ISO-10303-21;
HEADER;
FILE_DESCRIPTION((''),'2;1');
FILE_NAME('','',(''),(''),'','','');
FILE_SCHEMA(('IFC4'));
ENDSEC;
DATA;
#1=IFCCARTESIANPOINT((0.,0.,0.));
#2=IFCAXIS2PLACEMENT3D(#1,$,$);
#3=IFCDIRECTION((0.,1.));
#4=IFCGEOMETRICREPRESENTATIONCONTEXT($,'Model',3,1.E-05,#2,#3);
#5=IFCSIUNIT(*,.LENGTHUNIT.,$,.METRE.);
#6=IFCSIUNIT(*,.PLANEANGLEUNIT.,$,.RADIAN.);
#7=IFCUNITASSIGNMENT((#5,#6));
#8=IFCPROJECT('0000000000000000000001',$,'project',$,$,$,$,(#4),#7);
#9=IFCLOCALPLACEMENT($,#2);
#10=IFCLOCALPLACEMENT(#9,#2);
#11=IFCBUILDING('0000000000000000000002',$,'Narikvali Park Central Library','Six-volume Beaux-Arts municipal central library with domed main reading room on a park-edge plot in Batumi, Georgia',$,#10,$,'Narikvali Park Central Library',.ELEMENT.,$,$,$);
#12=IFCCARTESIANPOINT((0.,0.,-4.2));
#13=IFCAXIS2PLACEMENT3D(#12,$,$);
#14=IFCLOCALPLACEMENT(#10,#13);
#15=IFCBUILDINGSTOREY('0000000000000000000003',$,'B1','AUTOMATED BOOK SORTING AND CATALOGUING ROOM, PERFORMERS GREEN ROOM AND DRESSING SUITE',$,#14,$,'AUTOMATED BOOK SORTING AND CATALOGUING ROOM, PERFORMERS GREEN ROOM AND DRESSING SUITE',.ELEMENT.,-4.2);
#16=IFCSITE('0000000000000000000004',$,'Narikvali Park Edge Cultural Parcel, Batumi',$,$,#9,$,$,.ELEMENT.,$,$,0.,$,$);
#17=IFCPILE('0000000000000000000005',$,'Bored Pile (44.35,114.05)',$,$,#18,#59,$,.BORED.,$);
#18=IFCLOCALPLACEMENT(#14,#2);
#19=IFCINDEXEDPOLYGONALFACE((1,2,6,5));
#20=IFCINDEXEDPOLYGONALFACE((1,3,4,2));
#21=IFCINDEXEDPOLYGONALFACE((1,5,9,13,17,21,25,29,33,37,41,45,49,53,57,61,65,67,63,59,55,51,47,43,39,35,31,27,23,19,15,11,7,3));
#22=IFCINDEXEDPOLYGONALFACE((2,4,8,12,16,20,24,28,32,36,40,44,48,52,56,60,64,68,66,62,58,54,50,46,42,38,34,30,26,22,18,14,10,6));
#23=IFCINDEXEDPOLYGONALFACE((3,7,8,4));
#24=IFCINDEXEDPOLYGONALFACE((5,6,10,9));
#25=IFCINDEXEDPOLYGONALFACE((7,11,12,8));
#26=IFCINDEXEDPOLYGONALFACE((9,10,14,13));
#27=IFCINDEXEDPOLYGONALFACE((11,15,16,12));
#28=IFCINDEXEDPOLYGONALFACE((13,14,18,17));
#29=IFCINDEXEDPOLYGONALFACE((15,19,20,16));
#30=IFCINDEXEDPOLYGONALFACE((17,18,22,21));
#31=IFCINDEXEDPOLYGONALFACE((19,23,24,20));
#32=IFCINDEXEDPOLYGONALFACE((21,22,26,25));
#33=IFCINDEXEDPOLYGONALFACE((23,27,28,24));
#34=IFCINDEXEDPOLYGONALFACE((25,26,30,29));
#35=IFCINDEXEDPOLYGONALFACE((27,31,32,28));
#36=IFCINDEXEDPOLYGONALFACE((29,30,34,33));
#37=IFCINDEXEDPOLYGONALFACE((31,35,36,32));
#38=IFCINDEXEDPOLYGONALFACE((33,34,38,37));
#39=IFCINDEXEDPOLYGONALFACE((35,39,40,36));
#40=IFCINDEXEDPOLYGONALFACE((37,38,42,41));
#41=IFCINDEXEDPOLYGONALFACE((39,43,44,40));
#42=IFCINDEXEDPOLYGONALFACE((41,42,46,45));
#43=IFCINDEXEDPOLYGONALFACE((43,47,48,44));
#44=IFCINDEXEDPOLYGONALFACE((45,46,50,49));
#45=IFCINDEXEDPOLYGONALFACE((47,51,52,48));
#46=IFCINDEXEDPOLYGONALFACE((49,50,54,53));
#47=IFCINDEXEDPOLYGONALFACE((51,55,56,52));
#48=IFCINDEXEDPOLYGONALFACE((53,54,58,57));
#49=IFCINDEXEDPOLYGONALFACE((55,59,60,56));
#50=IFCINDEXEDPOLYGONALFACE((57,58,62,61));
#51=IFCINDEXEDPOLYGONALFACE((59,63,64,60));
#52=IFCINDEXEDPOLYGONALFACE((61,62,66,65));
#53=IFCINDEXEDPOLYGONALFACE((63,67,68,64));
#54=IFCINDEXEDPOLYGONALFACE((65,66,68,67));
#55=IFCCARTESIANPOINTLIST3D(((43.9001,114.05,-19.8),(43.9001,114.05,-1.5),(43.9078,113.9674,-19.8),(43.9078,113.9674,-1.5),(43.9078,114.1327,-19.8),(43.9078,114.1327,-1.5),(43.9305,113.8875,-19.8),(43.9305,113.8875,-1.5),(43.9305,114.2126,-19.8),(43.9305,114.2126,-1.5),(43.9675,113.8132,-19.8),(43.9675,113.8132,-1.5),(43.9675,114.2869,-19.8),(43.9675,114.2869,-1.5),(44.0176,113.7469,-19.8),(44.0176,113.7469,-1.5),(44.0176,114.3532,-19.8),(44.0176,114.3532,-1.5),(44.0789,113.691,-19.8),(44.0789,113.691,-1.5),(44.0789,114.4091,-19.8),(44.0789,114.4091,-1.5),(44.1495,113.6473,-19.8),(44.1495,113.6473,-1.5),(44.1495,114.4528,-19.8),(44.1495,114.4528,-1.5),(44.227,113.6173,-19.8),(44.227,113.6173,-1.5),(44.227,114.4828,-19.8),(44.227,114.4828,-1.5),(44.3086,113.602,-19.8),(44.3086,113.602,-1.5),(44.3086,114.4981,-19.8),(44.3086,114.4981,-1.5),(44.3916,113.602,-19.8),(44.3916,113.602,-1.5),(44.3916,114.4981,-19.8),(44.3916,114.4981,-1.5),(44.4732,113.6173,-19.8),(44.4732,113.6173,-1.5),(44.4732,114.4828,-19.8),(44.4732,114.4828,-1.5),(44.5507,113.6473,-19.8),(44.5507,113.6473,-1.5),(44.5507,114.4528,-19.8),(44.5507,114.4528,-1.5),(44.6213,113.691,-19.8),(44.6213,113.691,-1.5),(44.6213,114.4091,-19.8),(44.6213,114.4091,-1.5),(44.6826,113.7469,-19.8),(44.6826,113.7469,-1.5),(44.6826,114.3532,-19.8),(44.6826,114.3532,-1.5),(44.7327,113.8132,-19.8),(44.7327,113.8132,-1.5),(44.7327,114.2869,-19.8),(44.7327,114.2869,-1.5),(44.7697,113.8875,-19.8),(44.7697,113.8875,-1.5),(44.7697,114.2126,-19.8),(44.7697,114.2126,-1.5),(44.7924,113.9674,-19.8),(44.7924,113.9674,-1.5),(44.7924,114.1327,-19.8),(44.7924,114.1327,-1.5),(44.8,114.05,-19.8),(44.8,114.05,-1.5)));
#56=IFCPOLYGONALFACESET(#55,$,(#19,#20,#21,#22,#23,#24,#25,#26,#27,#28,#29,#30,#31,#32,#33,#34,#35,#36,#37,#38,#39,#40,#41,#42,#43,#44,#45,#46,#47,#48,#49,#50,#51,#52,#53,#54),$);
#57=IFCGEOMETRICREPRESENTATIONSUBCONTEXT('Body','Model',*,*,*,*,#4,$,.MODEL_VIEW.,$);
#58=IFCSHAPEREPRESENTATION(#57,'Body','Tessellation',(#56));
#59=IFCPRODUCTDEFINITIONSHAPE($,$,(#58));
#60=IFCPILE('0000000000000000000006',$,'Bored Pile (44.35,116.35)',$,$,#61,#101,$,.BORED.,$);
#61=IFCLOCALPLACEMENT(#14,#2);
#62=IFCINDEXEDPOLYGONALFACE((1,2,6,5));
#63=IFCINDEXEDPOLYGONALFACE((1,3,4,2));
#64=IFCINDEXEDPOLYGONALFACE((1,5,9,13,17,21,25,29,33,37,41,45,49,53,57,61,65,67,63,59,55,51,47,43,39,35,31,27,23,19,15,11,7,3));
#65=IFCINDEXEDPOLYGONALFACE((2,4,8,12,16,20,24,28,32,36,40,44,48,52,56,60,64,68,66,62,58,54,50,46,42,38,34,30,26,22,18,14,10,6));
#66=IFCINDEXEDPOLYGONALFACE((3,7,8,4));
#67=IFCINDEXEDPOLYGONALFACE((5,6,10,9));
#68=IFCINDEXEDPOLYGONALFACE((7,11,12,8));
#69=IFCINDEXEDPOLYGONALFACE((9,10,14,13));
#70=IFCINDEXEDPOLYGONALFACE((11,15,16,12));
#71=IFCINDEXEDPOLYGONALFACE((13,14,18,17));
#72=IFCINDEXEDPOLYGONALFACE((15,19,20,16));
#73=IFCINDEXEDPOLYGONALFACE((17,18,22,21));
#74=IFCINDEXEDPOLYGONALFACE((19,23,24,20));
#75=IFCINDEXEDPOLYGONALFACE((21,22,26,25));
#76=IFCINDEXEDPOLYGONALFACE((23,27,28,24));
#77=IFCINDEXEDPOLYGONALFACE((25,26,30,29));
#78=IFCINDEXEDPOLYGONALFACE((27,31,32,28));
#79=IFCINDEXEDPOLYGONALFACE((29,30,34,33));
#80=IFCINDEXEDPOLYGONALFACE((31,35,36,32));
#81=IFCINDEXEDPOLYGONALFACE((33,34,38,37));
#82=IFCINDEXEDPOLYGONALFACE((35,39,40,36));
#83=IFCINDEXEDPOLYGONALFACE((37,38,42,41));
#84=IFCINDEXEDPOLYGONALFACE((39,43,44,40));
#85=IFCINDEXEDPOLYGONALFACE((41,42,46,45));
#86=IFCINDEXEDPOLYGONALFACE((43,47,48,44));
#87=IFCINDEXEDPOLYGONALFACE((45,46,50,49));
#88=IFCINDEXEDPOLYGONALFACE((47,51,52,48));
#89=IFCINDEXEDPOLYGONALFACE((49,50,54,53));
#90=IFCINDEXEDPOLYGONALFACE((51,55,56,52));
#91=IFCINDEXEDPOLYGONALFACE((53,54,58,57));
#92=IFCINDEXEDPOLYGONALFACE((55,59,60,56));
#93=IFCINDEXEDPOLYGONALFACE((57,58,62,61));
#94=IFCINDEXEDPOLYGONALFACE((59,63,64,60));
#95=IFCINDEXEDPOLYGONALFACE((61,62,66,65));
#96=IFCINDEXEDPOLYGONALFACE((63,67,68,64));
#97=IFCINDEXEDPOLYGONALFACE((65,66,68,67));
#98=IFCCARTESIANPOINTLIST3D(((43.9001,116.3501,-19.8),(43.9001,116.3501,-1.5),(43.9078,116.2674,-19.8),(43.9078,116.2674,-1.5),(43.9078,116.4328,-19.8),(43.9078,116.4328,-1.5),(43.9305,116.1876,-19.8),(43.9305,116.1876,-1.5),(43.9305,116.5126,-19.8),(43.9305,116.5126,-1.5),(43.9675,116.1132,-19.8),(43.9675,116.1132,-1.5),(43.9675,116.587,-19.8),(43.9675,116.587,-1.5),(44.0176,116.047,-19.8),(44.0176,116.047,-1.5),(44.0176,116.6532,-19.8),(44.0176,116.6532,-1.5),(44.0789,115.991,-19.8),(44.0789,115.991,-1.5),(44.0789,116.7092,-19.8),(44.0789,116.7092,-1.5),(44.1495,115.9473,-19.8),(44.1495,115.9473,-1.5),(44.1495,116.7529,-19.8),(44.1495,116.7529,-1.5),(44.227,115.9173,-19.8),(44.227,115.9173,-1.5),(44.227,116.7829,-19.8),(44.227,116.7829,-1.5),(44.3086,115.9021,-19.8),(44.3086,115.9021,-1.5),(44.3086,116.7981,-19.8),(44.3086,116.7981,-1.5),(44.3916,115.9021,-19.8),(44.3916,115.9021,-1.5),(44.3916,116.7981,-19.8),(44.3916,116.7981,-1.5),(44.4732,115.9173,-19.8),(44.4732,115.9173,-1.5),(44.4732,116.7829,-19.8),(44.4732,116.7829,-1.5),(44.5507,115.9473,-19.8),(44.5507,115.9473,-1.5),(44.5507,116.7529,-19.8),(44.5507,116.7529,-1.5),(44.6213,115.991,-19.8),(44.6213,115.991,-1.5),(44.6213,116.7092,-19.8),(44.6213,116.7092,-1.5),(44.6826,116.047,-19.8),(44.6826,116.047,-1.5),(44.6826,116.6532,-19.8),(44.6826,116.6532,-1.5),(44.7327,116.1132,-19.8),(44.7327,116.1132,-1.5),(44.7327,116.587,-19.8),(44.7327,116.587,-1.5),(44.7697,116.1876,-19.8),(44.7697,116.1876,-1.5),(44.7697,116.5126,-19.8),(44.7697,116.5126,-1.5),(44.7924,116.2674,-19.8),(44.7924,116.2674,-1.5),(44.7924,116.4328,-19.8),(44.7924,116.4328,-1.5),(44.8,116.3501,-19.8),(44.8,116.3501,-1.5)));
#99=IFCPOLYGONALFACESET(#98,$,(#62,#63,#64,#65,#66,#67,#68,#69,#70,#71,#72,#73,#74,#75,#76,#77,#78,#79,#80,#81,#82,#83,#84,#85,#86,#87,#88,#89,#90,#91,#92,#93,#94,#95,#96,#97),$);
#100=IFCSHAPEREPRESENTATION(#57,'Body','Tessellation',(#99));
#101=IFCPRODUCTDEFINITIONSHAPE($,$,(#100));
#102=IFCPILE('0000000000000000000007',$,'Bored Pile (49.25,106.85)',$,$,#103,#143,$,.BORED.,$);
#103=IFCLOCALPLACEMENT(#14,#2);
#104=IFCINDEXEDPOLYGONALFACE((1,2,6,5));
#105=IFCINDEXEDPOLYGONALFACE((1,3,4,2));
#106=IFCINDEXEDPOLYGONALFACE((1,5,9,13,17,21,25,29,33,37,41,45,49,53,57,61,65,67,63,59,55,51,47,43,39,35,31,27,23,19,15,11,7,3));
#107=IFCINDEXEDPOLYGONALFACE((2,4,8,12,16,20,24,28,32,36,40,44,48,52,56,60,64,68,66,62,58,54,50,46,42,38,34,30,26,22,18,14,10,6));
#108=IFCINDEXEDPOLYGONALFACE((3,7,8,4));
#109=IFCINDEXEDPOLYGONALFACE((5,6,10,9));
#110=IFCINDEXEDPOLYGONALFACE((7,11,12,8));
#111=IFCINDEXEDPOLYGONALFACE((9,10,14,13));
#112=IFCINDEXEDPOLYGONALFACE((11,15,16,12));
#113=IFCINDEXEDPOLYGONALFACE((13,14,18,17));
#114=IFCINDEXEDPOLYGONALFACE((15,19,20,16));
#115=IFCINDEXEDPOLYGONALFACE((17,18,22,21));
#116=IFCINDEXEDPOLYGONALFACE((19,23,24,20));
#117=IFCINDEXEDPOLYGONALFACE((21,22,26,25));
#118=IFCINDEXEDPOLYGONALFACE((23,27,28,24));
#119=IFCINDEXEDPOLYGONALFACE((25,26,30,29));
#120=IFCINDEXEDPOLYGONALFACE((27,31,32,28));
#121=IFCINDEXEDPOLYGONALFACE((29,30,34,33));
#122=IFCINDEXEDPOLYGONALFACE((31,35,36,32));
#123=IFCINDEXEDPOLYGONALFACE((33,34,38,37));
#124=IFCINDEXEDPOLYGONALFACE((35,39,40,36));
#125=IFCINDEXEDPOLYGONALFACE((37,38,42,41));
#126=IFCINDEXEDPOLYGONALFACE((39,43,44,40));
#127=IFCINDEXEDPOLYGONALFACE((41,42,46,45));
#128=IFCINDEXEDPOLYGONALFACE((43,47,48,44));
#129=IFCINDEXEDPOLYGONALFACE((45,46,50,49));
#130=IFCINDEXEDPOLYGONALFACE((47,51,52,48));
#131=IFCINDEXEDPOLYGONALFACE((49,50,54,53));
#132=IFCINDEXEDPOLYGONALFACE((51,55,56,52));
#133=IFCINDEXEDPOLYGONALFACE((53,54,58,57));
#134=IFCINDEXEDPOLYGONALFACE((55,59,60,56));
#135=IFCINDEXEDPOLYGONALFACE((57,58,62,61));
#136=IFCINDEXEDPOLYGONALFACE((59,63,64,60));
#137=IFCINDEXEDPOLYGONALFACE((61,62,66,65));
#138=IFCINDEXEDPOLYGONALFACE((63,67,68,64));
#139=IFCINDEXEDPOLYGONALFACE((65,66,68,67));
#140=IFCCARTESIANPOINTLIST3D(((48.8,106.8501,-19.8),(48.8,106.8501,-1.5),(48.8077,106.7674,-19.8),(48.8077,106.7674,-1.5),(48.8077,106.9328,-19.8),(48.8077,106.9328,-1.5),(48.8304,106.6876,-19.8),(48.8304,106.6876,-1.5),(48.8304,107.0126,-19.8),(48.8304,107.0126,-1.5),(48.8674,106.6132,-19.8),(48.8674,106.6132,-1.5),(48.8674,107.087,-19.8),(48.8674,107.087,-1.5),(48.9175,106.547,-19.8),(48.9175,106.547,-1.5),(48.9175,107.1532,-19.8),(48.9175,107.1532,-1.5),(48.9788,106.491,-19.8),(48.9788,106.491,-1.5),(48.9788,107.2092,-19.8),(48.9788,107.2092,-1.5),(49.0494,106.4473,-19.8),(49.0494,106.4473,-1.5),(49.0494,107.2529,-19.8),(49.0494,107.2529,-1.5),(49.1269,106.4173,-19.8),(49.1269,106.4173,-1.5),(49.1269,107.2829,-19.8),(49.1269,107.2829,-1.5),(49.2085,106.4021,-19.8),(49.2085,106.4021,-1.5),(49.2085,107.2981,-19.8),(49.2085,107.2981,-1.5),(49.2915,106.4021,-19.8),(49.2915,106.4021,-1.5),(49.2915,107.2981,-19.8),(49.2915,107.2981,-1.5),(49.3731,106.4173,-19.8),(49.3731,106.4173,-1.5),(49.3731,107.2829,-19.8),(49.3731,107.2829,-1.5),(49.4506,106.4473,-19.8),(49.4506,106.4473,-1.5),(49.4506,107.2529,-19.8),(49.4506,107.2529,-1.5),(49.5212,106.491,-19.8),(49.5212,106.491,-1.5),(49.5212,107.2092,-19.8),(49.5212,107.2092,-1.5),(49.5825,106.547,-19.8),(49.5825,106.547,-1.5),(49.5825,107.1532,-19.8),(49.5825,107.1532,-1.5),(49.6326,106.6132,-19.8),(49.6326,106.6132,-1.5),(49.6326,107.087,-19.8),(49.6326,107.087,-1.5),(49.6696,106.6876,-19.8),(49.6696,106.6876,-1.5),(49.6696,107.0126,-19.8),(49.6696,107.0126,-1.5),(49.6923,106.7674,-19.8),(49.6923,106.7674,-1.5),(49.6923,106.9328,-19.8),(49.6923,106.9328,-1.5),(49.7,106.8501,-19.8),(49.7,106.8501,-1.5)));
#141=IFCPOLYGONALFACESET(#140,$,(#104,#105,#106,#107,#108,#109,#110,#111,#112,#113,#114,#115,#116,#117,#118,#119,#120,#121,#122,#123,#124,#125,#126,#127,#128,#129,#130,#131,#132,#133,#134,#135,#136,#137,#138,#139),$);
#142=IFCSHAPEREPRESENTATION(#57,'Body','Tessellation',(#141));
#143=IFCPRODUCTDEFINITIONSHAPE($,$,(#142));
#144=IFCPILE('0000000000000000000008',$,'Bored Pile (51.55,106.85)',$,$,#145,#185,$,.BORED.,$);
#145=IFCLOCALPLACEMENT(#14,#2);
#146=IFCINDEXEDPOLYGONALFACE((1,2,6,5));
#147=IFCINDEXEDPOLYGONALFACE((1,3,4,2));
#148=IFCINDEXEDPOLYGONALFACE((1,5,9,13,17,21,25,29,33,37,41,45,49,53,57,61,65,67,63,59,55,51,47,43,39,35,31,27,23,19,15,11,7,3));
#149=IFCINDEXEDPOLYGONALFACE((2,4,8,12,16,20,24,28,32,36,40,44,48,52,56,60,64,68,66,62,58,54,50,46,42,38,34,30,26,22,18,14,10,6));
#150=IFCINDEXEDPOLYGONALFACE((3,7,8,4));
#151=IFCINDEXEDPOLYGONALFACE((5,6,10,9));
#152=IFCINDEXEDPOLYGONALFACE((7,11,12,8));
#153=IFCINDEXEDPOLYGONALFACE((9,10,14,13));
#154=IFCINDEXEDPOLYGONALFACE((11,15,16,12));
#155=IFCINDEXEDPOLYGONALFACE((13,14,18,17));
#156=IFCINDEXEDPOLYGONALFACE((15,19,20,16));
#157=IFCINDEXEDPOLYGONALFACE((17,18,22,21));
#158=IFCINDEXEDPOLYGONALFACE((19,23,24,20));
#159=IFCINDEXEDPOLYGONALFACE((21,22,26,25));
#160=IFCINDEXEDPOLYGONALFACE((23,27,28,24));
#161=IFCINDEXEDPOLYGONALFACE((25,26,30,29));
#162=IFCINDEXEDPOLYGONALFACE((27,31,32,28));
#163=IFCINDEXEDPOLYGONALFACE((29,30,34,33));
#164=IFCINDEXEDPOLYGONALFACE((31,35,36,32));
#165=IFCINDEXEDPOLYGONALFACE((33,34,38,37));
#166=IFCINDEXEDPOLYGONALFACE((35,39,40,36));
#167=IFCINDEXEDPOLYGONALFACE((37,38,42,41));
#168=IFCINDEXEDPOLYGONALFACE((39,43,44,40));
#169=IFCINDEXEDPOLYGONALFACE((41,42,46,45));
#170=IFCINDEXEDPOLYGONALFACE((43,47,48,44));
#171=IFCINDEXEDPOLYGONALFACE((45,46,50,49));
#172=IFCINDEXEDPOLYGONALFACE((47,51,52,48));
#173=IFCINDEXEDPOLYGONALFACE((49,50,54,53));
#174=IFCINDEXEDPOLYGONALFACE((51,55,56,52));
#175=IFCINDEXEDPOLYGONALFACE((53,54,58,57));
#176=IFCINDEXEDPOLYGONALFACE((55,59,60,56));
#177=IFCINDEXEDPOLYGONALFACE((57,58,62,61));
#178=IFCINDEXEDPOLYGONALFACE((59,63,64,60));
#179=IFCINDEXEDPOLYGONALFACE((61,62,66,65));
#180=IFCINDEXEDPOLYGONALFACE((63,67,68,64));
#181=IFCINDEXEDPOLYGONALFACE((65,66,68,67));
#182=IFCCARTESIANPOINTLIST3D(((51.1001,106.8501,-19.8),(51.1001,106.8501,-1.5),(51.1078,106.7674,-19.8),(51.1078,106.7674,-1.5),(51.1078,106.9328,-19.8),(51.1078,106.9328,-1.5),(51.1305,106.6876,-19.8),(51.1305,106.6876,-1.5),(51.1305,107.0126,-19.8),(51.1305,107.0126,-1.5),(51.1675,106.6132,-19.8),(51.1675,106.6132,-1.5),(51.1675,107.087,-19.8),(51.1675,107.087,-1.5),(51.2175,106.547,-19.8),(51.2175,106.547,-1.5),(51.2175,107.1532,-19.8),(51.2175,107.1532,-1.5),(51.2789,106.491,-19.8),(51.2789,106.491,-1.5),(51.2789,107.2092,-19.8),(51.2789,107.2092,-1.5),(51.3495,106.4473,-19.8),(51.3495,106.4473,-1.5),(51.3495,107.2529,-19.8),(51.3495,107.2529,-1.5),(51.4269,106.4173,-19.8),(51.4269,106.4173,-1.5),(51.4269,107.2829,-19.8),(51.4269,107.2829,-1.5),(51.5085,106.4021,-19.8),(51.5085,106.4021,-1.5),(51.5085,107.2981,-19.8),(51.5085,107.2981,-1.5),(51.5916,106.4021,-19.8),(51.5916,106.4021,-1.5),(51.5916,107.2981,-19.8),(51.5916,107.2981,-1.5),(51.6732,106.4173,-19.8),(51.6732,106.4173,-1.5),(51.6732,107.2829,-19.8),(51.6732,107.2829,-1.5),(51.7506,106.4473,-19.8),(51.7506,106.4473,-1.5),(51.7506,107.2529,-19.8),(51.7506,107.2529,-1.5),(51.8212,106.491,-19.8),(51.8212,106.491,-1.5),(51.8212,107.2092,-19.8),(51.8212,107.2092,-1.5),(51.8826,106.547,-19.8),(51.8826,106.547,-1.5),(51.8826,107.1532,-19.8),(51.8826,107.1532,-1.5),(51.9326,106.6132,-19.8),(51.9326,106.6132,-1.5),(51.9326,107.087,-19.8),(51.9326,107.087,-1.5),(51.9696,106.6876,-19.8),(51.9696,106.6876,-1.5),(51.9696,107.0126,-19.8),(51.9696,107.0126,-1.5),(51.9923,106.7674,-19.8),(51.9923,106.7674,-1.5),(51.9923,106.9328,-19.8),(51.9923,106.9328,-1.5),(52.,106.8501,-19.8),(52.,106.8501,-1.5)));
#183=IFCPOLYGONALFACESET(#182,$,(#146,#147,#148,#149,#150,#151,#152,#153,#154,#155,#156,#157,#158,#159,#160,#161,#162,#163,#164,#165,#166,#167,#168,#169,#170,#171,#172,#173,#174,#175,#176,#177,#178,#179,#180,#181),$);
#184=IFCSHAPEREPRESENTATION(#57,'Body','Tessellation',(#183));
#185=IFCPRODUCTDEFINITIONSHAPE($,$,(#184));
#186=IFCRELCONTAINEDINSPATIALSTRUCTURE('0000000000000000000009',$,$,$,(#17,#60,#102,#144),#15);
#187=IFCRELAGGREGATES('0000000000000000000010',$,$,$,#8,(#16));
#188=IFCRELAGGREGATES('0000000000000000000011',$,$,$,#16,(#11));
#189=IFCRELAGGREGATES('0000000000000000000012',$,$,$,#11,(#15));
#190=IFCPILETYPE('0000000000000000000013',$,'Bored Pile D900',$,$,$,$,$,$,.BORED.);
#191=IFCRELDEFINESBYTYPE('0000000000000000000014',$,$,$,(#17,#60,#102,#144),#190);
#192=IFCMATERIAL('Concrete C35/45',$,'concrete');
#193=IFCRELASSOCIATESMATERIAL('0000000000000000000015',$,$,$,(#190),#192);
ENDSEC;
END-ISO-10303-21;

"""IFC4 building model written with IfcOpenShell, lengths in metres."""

from ifc_helpers import new_model, si_unit, direction, frame, origin, origin_2d, place, context, subcontext, project, spatial, circle, extrude, material, material_profile, profile_set, type_object, element, save


model = new_model("IFC4")

# Units and contexts
model_context = context("Model", 3, precision=1e-05, world=origin(), true_north=direction((0.0, 1.0)))
body_context = subcontext(model_context, "Body", "Model", "MODEL_VIEW")
ifc_project = project(units=[si_unit("LENGTHUNIT", "METRE"), si_unit("PLANEANGLEUNIT", "RADIAN")], contexts=[model_context])

# Site, building, storey
site_placement = place(None, origin())
site = spatial("IfcSite", under=ifc_project, at=site_placement, Name="Narikvali Park Edge Cultural Parcel, Batumi", CompositionType="ELEMENT", RefElevation=0.0)
building_placement = place(site_placement, origin())
building = spatial("IfcBuilding", under=site, at=building_placement, Name="Narikvali Park Central Library", Description="Six-volume Beaux-Arts municipal central library with domed main reading room on a park-edge plot in Batumi, Georgia", LongName="Narikvali Park Central Library", CompositionType="ELEMENT")
storey_placement = place(building_placement, frame((0.0, 0.0, -4.2)))
storey = spatial("IfcBuildingStorey", under=building, at=storey_placement, Name="B1", Description="AUTOMATED BOOK SORTING AND CATALOGUING ROOM, PERFORMERS GREEN ROOM AND DRESSING SUITE", LongName="AUTOMATED BOOK SORTING AND CATALOGUING ROOM, PERFORMERS GREEN ROOM AND DRESSING SUITE", CompositionType="ELEMENT", Elevation=-4.2)

# Piles
ifc_material_1 = material(Name="Concrete C35/45", Category="concrete")
ifc_material_profile_1 = material_profile(ifc_material_1, circle(Radius=0.45, at=origin_2d()), Name="PILE D900")
ifc_profile_set_1 = profile_set([ifc_material_profile_1], Name="Concrete C35/45")
pile_type = type_object("IfcPileType", Name="Bored Pile D900", PredefinedType="BORED", material=ifc_profile_set_1)
for number, where, z_axis, x_axis, name in (
    (1, (44.3501, 114.05, -1.5), (0.0, 0.0, -1.0), (1.0, 0.0, 0.0), "Bored Pile (44.35,114.05)"),
    (2, (44.3501, 116.3501, -1.5), (0.0, 0.0, -1.0), (1.0, 0.0, 0.0), "Bored Pile (44.35,116.35)"),
    (3, (49.25, 106.8501, -1.5), (0.0, 0.0, -1.0), (1.0, 0.0, 0.0), "Bored Pile (49.25,106.85)"),
    (4, (51.55, 106.8501, -1.5), (0.0, 0.0, -1.0), (1.0, 0.0, 0.0), "Bored Pile (51.55,106.85)"),
):
    element("IfcPile", number, at=place(storey_placement, frame(where, z_axis=z_axis, x_axis=x_axis)), inside=storey, type_object=pile_type, Name=name, PredefinedType="BORED", context=body_context, shape_type="SweptSolid", body=[
        extrude(circle(Radius=0.45, at=origin_2d()), origin(), (0.0, 0.0, 1.0), 18.3),
    ])

save(model, "model.ifc")
